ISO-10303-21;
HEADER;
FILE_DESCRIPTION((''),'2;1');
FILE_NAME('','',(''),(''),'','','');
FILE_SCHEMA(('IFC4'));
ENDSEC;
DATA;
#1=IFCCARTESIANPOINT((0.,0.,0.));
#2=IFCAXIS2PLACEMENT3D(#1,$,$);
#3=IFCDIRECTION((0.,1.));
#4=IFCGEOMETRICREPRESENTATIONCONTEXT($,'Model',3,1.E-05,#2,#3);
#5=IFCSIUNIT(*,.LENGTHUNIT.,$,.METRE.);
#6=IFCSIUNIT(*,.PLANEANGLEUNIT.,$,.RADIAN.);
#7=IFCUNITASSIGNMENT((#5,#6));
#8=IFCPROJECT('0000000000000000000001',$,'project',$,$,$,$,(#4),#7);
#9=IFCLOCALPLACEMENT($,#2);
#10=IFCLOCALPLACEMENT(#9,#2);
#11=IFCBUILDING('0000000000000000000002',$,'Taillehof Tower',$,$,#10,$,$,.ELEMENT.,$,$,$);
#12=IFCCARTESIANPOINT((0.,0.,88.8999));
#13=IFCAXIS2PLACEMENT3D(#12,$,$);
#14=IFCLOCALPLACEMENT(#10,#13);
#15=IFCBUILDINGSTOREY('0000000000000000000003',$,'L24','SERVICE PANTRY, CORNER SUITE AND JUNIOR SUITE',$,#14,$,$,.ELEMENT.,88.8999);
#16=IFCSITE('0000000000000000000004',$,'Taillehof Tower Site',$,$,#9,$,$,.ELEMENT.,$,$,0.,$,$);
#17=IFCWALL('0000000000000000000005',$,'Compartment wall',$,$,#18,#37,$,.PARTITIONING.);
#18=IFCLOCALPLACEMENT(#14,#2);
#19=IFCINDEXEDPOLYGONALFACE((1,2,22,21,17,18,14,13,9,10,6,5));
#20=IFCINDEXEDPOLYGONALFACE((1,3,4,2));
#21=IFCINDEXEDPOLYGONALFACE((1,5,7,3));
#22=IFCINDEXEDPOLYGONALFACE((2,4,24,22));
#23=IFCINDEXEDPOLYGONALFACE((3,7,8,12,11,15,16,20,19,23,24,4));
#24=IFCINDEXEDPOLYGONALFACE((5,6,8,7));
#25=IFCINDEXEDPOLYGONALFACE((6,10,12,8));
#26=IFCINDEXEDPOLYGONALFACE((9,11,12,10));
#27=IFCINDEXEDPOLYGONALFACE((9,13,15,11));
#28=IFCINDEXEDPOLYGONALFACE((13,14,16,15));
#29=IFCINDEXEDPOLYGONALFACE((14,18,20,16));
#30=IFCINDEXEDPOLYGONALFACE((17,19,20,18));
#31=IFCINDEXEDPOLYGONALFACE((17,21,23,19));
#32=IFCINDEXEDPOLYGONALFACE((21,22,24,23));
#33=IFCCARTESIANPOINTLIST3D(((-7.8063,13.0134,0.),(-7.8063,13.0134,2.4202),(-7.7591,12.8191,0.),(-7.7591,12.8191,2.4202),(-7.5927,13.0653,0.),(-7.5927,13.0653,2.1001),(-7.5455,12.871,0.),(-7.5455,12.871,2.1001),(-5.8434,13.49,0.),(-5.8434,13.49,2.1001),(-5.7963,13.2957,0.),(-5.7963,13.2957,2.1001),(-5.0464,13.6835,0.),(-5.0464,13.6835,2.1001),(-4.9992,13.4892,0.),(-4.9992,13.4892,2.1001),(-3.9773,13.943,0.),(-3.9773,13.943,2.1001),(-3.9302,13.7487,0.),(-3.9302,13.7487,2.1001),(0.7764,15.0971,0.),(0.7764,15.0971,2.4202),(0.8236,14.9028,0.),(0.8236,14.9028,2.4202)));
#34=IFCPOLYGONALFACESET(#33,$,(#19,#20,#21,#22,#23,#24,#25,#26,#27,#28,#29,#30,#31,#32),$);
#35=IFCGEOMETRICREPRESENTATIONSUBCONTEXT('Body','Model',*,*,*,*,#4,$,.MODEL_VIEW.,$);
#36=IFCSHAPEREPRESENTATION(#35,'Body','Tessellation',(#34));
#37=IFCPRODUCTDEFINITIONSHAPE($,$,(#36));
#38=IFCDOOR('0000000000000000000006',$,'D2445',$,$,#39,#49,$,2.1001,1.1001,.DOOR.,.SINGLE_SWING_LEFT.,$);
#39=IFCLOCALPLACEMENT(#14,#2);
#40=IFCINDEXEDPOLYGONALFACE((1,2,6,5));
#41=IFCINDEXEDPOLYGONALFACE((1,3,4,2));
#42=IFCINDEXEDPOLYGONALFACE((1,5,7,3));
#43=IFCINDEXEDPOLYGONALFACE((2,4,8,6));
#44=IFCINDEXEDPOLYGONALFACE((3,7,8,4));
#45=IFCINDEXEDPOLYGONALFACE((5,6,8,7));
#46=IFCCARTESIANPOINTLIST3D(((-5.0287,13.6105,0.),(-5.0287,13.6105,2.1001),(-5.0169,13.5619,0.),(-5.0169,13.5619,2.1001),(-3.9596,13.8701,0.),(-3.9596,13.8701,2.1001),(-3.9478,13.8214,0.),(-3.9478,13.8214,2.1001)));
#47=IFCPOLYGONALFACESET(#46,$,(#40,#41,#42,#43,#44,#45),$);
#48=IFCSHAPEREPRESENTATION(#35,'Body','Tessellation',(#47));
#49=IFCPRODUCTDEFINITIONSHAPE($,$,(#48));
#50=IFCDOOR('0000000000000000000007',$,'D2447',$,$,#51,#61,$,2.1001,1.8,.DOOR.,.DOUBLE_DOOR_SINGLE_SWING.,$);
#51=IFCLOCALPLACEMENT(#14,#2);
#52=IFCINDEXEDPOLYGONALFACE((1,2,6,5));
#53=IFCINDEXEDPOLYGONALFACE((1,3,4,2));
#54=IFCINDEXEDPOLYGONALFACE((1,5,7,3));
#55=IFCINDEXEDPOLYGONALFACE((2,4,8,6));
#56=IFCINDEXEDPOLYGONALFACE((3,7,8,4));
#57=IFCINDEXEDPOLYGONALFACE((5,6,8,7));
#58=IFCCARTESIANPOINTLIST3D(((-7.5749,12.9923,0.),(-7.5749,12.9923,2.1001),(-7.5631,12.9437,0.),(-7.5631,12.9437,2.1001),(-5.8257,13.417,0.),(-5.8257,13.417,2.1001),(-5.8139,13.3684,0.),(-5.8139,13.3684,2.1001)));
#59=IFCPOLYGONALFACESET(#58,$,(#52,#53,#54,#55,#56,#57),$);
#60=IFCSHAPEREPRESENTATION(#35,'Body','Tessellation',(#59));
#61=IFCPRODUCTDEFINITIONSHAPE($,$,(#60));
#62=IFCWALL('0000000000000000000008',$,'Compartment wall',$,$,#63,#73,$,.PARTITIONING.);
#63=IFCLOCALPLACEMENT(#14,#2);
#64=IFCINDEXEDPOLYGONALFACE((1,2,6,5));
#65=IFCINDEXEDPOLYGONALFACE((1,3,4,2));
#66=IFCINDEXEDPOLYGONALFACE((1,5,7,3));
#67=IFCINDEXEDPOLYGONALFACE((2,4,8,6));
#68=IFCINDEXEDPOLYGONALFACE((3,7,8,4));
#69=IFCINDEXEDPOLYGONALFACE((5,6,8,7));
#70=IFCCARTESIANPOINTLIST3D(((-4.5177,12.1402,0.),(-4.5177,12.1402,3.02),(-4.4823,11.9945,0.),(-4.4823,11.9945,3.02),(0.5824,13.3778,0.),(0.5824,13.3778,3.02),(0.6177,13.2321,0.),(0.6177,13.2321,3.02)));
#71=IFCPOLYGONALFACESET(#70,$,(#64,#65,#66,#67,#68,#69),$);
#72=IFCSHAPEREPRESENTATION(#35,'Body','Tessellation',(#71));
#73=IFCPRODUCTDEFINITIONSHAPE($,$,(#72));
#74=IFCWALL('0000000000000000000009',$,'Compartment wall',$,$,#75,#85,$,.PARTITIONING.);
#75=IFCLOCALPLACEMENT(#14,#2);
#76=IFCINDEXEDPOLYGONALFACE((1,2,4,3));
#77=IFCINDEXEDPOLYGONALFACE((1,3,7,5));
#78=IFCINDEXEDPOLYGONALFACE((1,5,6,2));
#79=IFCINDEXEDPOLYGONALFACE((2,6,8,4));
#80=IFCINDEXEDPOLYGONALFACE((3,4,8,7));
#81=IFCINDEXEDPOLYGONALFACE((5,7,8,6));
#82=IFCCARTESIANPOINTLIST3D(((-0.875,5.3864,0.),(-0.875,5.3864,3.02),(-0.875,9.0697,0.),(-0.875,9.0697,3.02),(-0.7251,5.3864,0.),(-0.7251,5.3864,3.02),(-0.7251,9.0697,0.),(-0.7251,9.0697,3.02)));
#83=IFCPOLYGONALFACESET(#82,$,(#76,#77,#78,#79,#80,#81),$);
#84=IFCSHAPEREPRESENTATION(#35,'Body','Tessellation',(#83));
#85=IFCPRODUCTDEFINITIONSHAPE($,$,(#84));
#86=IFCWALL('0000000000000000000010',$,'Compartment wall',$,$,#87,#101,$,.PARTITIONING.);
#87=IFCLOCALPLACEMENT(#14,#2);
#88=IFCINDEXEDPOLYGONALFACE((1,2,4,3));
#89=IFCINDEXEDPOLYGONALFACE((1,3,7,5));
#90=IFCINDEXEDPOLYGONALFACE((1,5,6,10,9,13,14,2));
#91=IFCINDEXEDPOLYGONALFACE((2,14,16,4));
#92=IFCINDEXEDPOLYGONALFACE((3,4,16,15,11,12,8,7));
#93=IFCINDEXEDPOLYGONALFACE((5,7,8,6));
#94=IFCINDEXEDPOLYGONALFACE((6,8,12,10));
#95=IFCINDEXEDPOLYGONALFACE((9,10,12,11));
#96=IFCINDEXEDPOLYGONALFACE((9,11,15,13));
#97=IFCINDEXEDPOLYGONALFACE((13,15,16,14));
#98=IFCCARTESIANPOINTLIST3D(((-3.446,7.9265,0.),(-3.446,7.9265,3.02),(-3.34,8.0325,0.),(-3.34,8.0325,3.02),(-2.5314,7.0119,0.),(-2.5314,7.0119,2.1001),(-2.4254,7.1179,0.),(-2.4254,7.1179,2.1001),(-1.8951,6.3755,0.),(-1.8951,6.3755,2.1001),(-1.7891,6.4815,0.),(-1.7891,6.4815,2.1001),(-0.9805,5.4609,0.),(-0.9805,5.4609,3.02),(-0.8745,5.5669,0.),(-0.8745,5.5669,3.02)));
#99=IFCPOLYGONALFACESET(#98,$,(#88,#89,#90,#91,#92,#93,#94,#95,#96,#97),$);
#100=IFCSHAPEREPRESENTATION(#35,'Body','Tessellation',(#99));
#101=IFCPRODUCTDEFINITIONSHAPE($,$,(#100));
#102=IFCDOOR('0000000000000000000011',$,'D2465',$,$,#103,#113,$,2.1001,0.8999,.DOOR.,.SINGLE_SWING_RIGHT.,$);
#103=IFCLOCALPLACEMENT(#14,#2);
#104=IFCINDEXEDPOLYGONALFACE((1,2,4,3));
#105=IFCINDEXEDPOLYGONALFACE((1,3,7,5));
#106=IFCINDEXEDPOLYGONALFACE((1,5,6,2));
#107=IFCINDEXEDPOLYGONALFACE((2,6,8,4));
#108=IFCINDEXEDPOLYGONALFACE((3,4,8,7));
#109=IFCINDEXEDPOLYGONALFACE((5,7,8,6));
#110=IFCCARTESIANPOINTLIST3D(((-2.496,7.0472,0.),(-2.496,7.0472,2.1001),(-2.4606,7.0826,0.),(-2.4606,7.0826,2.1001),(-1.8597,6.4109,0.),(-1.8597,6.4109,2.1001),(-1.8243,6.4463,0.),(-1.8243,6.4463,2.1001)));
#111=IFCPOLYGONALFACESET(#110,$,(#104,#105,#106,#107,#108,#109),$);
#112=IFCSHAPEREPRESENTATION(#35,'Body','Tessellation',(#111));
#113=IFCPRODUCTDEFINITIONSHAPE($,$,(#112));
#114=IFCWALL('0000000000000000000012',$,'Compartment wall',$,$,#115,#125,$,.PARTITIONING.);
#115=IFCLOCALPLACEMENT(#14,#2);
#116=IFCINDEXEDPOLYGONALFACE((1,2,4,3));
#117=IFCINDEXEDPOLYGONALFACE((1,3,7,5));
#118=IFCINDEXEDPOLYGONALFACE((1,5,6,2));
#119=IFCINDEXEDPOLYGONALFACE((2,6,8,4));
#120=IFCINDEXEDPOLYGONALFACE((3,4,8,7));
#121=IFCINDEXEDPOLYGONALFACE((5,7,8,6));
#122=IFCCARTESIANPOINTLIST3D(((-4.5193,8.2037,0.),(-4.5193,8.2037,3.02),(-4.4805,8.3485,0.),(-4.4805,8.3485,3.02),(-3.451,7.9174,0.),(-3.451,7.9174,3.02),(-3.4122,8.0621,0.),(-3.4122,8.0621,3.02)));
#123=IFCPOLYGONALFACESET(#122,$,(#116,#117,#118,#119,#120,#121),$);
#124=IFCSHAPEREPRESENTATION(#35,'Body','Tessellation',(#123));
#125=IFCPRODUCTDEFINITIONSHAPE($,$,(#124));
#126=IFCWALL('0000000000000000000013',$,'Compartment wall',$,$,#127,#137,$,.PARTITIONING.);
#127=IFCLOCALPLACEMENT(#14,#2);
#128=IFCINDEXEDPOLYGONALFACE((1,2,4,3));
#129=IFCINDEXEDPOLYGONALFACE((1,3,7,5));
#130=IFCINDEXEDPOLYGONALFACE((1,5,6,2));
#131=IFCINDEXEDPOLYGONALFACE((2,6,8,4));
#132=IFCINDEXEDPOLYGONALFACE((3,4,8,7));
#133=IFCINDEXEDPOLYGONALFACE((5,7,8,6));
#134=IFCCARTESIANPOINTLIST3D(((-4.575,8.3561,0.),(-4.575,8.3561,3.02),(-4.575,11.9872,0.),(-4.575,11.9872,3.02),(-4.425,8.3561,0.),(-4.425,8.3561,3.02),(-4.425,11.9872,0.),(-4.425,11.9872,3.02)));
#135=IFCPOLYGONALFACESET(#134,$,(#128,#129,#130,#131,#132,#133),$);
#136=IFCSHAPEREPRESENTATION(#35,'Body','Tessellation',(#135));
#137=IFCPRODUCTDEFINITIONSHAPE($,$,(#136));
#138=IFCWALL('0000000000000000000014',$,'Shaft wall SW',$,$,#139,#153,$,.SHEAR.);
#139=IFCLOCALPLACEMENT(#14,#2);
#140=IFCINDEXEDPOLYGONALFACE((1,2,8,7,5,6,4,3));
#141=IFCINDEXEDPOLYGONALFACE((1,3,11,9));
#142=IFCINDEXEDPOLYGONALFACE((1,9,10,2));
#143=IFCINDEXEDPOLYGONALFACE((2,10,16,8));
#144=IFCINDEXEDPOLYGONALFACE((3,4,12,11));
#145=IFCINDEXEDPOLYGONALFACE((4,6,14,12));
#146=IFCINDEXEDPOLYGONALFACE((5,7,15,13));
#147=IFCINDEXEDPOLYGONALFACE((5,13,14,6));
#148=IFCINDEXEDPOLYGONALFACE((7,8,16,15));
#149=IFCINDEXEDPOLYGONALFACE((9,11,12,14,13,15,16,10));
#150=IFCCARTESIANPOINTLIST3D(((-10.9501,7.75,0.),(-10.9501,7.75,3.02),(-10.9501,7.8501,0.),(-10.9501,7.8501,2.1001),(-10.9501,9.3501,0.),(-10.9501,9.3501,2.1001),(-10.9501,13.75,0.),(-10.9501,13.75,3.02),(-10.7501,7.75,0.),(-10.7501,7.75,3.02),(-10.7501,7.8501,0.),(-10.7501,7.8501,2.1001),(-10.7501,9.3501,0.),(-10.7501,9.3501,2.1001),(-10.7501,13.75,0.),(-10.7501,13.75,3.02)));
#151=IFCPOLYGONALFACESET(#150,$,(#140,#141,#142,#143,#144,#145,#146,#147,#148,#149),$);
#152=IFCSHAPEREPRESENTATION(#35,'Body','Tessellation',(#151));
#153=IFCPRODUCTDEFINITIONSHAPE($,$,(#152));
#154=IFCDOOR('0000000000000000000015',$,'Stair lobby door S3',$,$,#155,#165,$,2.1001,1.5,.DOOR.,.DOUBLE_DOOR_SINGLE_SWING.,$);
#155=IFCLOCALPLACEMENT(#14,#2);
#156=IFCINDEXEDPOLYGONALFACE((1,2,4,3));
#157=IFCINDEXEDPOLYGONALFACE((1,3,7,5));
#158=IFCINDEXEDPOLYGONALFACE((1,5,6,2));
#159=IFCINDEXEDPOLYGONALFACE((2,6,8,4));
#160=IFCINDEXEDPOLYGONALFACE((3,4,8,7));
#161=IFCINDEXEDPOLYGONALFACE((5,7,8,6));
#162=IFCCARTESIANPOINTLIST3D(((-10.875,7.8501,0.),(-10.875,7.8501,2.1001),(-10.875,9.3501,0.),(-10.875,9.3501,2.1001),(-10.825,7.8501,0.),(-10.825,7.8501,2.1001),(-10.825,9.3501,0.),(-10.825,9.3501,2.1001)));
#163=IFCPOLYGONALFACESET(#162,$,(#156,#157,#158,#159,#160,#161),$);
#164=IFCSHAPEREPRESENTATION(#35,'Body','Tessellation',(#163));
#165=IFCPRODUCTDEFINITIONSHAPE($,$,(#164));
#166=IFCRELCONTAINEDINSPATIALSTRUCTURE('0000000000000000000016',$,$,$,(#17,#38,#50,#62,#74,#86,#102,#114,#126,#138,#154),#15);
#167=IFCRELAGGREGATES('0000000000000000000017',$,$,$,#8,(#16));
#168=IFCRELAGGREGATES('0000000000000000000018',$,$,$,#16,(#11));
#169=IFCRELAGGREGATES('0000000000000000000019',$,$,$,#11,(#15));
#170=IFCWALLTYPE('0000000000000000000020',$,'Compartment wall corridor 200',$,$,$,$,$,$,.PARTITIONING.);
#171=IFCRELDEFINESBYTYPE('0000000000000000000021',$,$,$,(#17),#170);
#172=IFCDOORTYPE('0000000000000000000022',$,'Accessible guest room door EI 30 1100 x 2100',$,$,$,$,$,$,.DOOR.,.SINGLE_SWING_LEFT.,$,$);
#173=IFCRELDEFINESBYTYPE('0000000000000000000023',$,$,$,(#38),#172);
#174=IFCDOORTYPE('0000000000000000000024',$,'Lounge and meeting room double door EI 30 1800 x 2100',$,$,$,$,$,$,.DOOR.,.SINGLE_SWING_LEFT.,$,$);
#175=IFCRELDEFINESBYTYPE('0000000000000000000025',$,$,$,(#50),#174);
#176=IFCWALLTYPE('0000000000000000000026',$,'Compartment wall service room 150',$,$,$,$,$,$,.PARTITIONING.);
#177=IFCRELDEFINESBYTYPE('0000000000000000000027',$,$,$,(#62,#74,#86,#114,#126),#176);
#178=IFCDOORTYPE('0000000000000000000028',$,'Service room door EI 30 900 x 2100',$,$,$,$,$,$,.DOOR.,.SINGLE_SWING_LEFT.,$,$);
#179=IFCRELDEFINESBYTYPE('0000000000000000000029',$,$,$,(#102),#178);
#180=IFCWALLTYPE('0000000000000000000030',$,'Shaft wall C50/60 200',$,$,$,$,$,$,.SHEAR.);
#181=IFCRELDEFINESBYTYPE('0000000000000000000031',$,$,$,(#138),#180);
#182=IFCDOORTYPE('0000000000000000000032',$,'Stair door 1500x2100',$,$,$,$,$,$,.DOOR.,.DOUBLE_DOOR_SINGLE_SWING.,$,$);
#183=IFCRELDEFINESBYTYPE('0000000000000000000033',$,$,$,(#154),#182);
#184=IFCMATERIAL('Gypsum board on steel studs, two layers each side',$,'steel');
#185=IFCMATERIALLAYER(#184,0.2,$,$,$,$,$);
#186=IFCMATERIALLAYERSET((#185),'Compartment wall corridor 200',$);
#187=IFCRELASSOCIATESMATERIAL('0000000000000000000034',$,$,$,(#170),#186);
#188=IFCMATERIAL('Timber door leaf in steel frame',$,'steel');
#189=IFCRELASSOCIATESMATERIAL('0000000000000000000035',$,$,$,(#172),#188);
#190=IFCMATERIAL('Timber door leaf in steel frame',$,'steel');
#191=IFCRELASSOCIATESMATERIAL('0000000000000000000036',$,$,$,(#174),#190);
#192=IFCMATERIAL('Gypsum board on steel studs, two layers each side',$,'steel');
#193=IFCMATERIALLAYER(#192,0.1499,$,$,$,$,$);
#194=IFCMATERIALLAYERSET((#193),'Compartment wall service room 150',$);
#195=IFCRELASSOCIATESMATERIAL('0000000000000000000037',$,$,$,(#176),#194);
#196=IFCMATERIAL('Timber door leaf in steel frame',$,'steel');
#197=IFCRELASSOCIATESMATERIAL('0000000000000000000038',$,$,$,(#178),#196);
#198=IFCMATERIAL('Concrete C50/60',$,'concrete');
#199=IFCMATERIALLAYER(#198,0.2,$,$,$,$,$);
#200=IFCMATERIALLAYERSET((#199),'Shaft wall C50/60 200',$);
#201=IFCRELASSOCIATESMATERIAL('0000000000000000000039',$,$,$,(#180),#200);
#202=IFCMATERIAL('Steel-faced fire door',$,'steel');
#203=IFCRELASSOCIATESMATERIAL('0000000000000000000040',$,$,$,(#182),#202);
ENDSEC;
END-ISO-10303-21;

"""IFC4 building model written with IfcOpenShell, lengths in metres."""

from ifc_helpers import new_model, si_unit, direction, frame, frame_2d, origin, place, context, subcontext, project, spatial, rectangle, extrude, material, layer, layer_set, type_object, element, fill, save


model = new_model("IFC4")

# Units and contexts
model_context = context("Model", 3, precision=1e-05, world=origin(), true_north=direction((0.0, 1.0)))
body_context = subcontext(model_context, "Body", "Model", "MODEL_VIEW")
ifc_project = project(units=[si_unit("LENGTHUNIT", "METRE"), si_unit("PLANEANGLEUNIT", "RADIAN")], contexts=[model_context])

# Site, building, storey
site_placement = place(None, origin())
site = spatial("IfcSite", under=ifc_project, at=site_placement, Name="Taillehof Tower Site", CompositionType="ELEMENT", RefElevation=0.0)
building_placement = place(site_placement, origin())
building = spatial("IfcBuilding", under=site, at=building_placement, Name="Taillehof Tower", CompositionType="ELEMENT")
storey_placement = place(building_placement, frame((0.0, 0.0, 88.8999)))
storey = spatial("IfcBuildingStorey", under=building, at=storey_placement, Name="L24", Description="SERVICE PANTRY, CORNER SUITE AND JUNIOR SUITE", CompositionType="ELEMENT", Elevation=88.8999)

# Shared definitions
ifc_material_1 = material(Name="Gypsum board on steel studs, two layers each side", Category="steel")
ifc_layer_1 = layer(ifc_material_1, 0.2)
ifc_layer_set_1 = layer_set([ifc_layer_1], Name="Compartment wall corridor 200")
wall_type_1 = type_object("IfcWallType", Name="Compartment wall corridor 200", PredefinedType="PARTITIONING", material=ifc_layer_set_1)

# Wall, openings, doors
wall_1_placement = place(storey_placement, frame((-7.7827, 12.9163, 0.0), z_axis=(0.0, 0.0, 1.0), x_axis=(0.97177, 0.235928, 0.0)))
wall_1 = element("IfcWall", 1, at=wall_1_placement, inside=storey, type_object=wall_type_1, Name="Compartment wall", PredefinedType="PARTITIONING", context=body_context, shape_type="SweptSolid", body=[
    extrude(rectangle(XDim=8.832, YDim=0.2, at=frame_2d((4.416, 0.0))), origin(), (0.0, 0.0, 1.0), 2.4202),
])
opening_1_placement = place(wall_1_placement, frame((2.8401, 0.0, 0.0)))
opening_1 = element("IfcOpeningElement", 2, at=opening_1_placement, cuts=wall_1, PredefinedType="OPENING", context=body_context, shape_type="SweptSolid", body=[
    extrude(rectangle(XDim=1.1001, YDim=2.1001, at=frame_2d((0.55, 1.05))), frame((0.0, 0.1099, 0.0), z_axis=(0.0, -1.0, 0.0), x_axis=(1.0, 0.0, 0.0)), (0.0, 0.0, 1.0), 0.22),
])
opening_2_placement = place(wall_1_placement, frame((0.22, 0.0, 0.0)))
opening_2 = element("IfcOpeningElement", 3, at=opening_2_placement, cuts=wall_1, PredefinedType="OPENING", context=body_context, shape_type="SweptSolid", body=[
    extrude(rectangle(XDim=1.8, YDim=2.1001, at=frame_2d((0.8999, 1.05))), frame((0.0, 0.1099, 0.0), z_axis=(0.0, -1.0, 0.0), x_axis=(1.0, 0.0, 0.0)), (0.0, 0.0, 1.0), 0.22),
])
ifc_material_2 = material(Name="Timber door leaf in steel frame", Category="steel")
door_type_1 = type_object("IfcDoorType", Name="Accessible guest room door EI 30 1100 x 2100", OperationType="SINGLE_SWING_LEFT", PredefinedType="DOOR", material=ifc_material_2)
door_1_placement = place(opening_1_placement, origin())
door_1 = element("IfcDoor", 4, at=door_1_placement, inside=storey, type_object=door_type_1, Name="D2445", OperationType="SINGLE_SWING_LEFT", OverallHeight=2.1001, OverallWidth=1.1001, PredefinedType="DOOR", context=body_context, shape_type="SweptSolid", body=[
    extrude(rectangle(XDim=1.1001, YDim=2.1001, at=frame_2d((0.55, 1.05))), frame((0.0, 0.0249, 0.0), z_axis=(0.0, -1.0, 0.0), x_axis=(1.0, 0.0, 0.0)), (0.0, 0.0, 1.0), 0.05),
])
fill(opening_1, door_1)
ifc_material_3 = material(Name="Timber door leaf in steel frame", Category="steel")
door_type_2 = type_object("IfcDoorType", Name="Lounge and meeting room double door EI 30 1800 x 2100", OperationType="SINGLE_SWING_LEFT", PredefinedType="DOOR", material=ifc_material_3)
door_2_placement = place(opening_2_placement, origin())
door_2 = element("IfcDoor", 5, at=door_2_placement, inside=storey, type_object=door_type_2, Name="D2447", OperationType="DOUBLE_DOOR_SINGLE_SWING", OverallHeight=2.1001, OverallWidth=1.8, PredefinedType="DOOR", context=body_context, shape_type="SweptSolid", body=[
    extrude(rectangle(XDim=1.8, YDim=2.1001, at=frame_2d((0.8999, 1.05))), frame((0.0, 0.0249, 0.0), z_axis=(0.0, -1.0, 0.0), x_axis=(1.0, 0.0, 0.0)), (0.0, 0.0, 1.0), 0.05),
])
fill(opening_2, door_2)

# Walls
ifc_material_4 = material(Name="Gypsum board on steel studs, two layers each side", Category="steel")
ifc_layer_2 = layer(ifc_material_4, 0.1499)
ifc_layer_set_2 = layer_set([ifc_layer_2], Name="Compartment wall service room 150")
wall_type_2 = type_object("IfcWallType", Name="Compartment wall service room 150", PredefinedType="PARTITIONING", material=ifc_layer_set_2)
wall_2_placement = place(storey_placement, frame((-4.5, 12.0674, 0.0), z_axis=(0.0, 0.0, 1.0), x_axis=(0.971799, 0.235809, 0.0)))
element("IfcWall", 6, at=wall_2_placement, inside=storey, type_object=wall_type_2, Name="Compartment wall", PredefinedType="PARTITIONING", context=body_context, shape_type="SweptSolid", body=[
    extrude(rectangle(XDim=5.248, YDim=0.1499, at=frame_2d((2.624, 0.0))), origin(), (0.0, 0.0, 1.0), 3.02),
])
wall_3_placement = place(storey_placement, frame((-0.8, 9.0698, 0.0), z_axis=(0.0, 0.0, 1.0), x_axis=(0.0, -1.0, 0.0)))
element("IfcWall", 7, at=wall_3_placement, inside=storey, type_object=wall_type_2, Name="Compartment wall", PredefinedType="PARTITIONING", context=body_context, shape_type="SweptSolid", body=[
    extrude(rectangle(XDim=3.6833, YDim=0.1499, at=frame_2d((1.8418, 0.0))), origin(), (0.0, 0.0, 1.0), 3.02),
])

# Wall, opening, door
wall_4_placement = place(storey_placement, frame((-0.9275, 5.5139, 0.0), z_axis=(0.0, 0.0, 1.0), x_axis=(-0.707107, 0.707107, 0.0)))
wall_4 = element("IfcWall", 8, at=wall_4_placement, inside=storey, type_object=wall_type_2, Name="Compartment wall", PredefinedType="PARTITIONING", context=body_context, shape_type="SweptSolid", body=[
    extrude(rectangle(XDim=3.4868, YDim=0.1499, at=frame_2d((1.7434, 0.0))), origin(), (0.0, 0.0, 1.0), 3.02),
])
opening_3_placement = place(wall_4_placement, frame((1.2935, 0.0, 0.0)))
opening_3 = element("IfcOpeningElement", 9, at=opening_3_placement, cuts=wall_4, PredefinedType="OPENING", context=body_context, shape_type="SweptSolid", body=[
    extrude(rectangle(XDim=0.8999, YDim=2.1001, at=frame_2d((0.45, 1.05))), frame((0.0, 0.085, 0.0), z_axis=(0.0, -1.0, 0.0), x_axis=(1.0, 0.0, 0.0)), (0.0, 0.0, 1.0), 0.1699),
])
ifc_material_5 = material(Name="Timber door leaf in steel frame", Category="steel")
door_type_3 = type_object("IfcDoorType", Name="Service room door EI 30 900 x 2100", OperationType="SINGLE_SWING_LEFT", PredefinedType="DOOR", material=ifc_material_5)
door_3_placement = place(opening_3_placement, origin())
door_3 = element("IfcDoor", 10, at=door_3_placement, inside=storey, type_object=door_type_3, Name="D2465", OperationType="SINGLE_SWING_RIGHT", OverallHeight=2.1001, OverallWidth=0.8999, PredefinedType="DOOR", context=body_context, shape_type="SweptSolid", body=[
    extrude(rectangle(XDim=0.8999, YDim=2.1001, at=frame_2d((0.45, 1.05))), frame((0.0, 0.0249, 0.0), z_axis=(0.0, -1.0, 0.0), x_axis=(1.0, 0.0, 0.0)), (0.0, 0.0, 1.0), 0.05),
])
fill(opening_3, door_3)

# Walls
wall_5_placement = place(storey_placement, frame((-3.4316, 7.9897, 0.0), z_axis=(0.0, 0.0, 1.0), x_axis=(-0.965901, 0.258913, 0.0)))
element("IfcWall", 11, at=wall_5_placement, inside=storey, type_object=wall_type_2, Name="Compartment wall", PredefinedType="PARTITIONING", context=body_context, shape_type="SweptSolid", body=[
    extrude(rectangle(XDim=1.106, YDim=0.1499, at=frame_2d((0.553, 0.0))), origin(), (0.0, 0.0, 1.0), 3.02),
])
wall_6_placement = place(storey_placement, frame((-4.5, 8.3562, 0.0), z_axis=(0.0, 0.0, 1.0), x_axis=(0.0, 1.0, 0.0)))
element("IfcWall", 12, at=wall_6_placement, inside=storey, type_object=wall_type_2, Name="Compartment wall", PredefinedType="PARTITIONING", context=body_context, shape_type="SweptSolid", body=[
    extrude(rectangle(XDim=3.6311, YDim=0.1499, at=frame_2d((1.8154, 0.0))), origin(), (0.0, 0.0, 1.0), 3.02),
])

# Wall, opening, door
ifc_material_6 = material(Name="Concrete C50/60", Category="concrete")
ifc_layer_3 = layer(ifc_material_6, 0.2)
ifc_layer_set_3 = layer_set([ifc_layer_3], Name="Shaft wall C50/60 200")
wall_type_3 = type_object("IfcWallType", Name="Shaft wall C50/60 200", PredefinedType="SHEAR", material=ifc_layer_set_3)
wall_7_placement = place(storey_placement, frame((-10.8501, 7.75, 0.0), z_axis=(0.0, 0.0, 1.0), x_axis=(0.0, 1.0, 0.0)))
wall_7 = element("IfcWall", 13, at=wall_7_placement, inside=storey, type_object=wall_type_3, Name="Shaft wall SW", PredefinedType="SHEAR", context=body_context, shape_type="SweptSolid", body=[
    extrude(rectangle(XDim=6.0, YDim=0.2, at=frame_2d((3.0, 0.0))), origin(), (0.0, 0.0, 1.0), 3.02),
])
opening_4_placement = place(wall_7_placement, frame((0.1001, 0.0, 0.0)))
opening_4 = element("IfcOpeningElement", 14, at=opening_4_placement, cuts=wall_7, PredefinedType="OPENING", context=body_context, shape_type="SweptSolid", body=[
    extrude(rectangle(XDim=1.5, YDim=2.1001, at=frame_2d((0.75, 1.05))), frame((0.0, 0.1099, 0.0), z_axis=(0.0, -1.0, 0.0), x_axis=(1.0, 0.0, 0.0)), (0.0, 0.0, 1.0), 0.22),
])
ifc_material_7 = material(Name="Steel-faced fire door", Category="steel")
door_type_4 = type_object("IfcDoorType", Name="Stair door 1500x2100", OperationType="DOUBLE_DOOR_SINGLE_SWING", PredefinedType="DOOR", material=ifc_material_7)
door_4_placement = place(opening_4_placement, origin())
door_4 = element("IfcDoor", 15, at=door_4_placement, inside=storey, type_object=door_type_4, Name="Stair lobby door S3", OperationType="DOUBLE_DOOR_SINGLE_SWING", OverallHeight=2.1001, OverallWidth=1.5, PredefinedType="DOOR", context=body_context, shape_type="SweptSolid", body=[
    extrude(rectangle(XDim=1.5, YDim=2.1001, at=frame_2d((0.75, 1.05))), frame((0.0, 0.0249, 0.0), z_axis=(0.0, -1.0, 0.0), x_axis=(1.0, 0.0, 0.0)), (0.0, 0.0, 1.0), 0.05),
])
fill(opening_4, door_4)

save(model, "model.ifc")
